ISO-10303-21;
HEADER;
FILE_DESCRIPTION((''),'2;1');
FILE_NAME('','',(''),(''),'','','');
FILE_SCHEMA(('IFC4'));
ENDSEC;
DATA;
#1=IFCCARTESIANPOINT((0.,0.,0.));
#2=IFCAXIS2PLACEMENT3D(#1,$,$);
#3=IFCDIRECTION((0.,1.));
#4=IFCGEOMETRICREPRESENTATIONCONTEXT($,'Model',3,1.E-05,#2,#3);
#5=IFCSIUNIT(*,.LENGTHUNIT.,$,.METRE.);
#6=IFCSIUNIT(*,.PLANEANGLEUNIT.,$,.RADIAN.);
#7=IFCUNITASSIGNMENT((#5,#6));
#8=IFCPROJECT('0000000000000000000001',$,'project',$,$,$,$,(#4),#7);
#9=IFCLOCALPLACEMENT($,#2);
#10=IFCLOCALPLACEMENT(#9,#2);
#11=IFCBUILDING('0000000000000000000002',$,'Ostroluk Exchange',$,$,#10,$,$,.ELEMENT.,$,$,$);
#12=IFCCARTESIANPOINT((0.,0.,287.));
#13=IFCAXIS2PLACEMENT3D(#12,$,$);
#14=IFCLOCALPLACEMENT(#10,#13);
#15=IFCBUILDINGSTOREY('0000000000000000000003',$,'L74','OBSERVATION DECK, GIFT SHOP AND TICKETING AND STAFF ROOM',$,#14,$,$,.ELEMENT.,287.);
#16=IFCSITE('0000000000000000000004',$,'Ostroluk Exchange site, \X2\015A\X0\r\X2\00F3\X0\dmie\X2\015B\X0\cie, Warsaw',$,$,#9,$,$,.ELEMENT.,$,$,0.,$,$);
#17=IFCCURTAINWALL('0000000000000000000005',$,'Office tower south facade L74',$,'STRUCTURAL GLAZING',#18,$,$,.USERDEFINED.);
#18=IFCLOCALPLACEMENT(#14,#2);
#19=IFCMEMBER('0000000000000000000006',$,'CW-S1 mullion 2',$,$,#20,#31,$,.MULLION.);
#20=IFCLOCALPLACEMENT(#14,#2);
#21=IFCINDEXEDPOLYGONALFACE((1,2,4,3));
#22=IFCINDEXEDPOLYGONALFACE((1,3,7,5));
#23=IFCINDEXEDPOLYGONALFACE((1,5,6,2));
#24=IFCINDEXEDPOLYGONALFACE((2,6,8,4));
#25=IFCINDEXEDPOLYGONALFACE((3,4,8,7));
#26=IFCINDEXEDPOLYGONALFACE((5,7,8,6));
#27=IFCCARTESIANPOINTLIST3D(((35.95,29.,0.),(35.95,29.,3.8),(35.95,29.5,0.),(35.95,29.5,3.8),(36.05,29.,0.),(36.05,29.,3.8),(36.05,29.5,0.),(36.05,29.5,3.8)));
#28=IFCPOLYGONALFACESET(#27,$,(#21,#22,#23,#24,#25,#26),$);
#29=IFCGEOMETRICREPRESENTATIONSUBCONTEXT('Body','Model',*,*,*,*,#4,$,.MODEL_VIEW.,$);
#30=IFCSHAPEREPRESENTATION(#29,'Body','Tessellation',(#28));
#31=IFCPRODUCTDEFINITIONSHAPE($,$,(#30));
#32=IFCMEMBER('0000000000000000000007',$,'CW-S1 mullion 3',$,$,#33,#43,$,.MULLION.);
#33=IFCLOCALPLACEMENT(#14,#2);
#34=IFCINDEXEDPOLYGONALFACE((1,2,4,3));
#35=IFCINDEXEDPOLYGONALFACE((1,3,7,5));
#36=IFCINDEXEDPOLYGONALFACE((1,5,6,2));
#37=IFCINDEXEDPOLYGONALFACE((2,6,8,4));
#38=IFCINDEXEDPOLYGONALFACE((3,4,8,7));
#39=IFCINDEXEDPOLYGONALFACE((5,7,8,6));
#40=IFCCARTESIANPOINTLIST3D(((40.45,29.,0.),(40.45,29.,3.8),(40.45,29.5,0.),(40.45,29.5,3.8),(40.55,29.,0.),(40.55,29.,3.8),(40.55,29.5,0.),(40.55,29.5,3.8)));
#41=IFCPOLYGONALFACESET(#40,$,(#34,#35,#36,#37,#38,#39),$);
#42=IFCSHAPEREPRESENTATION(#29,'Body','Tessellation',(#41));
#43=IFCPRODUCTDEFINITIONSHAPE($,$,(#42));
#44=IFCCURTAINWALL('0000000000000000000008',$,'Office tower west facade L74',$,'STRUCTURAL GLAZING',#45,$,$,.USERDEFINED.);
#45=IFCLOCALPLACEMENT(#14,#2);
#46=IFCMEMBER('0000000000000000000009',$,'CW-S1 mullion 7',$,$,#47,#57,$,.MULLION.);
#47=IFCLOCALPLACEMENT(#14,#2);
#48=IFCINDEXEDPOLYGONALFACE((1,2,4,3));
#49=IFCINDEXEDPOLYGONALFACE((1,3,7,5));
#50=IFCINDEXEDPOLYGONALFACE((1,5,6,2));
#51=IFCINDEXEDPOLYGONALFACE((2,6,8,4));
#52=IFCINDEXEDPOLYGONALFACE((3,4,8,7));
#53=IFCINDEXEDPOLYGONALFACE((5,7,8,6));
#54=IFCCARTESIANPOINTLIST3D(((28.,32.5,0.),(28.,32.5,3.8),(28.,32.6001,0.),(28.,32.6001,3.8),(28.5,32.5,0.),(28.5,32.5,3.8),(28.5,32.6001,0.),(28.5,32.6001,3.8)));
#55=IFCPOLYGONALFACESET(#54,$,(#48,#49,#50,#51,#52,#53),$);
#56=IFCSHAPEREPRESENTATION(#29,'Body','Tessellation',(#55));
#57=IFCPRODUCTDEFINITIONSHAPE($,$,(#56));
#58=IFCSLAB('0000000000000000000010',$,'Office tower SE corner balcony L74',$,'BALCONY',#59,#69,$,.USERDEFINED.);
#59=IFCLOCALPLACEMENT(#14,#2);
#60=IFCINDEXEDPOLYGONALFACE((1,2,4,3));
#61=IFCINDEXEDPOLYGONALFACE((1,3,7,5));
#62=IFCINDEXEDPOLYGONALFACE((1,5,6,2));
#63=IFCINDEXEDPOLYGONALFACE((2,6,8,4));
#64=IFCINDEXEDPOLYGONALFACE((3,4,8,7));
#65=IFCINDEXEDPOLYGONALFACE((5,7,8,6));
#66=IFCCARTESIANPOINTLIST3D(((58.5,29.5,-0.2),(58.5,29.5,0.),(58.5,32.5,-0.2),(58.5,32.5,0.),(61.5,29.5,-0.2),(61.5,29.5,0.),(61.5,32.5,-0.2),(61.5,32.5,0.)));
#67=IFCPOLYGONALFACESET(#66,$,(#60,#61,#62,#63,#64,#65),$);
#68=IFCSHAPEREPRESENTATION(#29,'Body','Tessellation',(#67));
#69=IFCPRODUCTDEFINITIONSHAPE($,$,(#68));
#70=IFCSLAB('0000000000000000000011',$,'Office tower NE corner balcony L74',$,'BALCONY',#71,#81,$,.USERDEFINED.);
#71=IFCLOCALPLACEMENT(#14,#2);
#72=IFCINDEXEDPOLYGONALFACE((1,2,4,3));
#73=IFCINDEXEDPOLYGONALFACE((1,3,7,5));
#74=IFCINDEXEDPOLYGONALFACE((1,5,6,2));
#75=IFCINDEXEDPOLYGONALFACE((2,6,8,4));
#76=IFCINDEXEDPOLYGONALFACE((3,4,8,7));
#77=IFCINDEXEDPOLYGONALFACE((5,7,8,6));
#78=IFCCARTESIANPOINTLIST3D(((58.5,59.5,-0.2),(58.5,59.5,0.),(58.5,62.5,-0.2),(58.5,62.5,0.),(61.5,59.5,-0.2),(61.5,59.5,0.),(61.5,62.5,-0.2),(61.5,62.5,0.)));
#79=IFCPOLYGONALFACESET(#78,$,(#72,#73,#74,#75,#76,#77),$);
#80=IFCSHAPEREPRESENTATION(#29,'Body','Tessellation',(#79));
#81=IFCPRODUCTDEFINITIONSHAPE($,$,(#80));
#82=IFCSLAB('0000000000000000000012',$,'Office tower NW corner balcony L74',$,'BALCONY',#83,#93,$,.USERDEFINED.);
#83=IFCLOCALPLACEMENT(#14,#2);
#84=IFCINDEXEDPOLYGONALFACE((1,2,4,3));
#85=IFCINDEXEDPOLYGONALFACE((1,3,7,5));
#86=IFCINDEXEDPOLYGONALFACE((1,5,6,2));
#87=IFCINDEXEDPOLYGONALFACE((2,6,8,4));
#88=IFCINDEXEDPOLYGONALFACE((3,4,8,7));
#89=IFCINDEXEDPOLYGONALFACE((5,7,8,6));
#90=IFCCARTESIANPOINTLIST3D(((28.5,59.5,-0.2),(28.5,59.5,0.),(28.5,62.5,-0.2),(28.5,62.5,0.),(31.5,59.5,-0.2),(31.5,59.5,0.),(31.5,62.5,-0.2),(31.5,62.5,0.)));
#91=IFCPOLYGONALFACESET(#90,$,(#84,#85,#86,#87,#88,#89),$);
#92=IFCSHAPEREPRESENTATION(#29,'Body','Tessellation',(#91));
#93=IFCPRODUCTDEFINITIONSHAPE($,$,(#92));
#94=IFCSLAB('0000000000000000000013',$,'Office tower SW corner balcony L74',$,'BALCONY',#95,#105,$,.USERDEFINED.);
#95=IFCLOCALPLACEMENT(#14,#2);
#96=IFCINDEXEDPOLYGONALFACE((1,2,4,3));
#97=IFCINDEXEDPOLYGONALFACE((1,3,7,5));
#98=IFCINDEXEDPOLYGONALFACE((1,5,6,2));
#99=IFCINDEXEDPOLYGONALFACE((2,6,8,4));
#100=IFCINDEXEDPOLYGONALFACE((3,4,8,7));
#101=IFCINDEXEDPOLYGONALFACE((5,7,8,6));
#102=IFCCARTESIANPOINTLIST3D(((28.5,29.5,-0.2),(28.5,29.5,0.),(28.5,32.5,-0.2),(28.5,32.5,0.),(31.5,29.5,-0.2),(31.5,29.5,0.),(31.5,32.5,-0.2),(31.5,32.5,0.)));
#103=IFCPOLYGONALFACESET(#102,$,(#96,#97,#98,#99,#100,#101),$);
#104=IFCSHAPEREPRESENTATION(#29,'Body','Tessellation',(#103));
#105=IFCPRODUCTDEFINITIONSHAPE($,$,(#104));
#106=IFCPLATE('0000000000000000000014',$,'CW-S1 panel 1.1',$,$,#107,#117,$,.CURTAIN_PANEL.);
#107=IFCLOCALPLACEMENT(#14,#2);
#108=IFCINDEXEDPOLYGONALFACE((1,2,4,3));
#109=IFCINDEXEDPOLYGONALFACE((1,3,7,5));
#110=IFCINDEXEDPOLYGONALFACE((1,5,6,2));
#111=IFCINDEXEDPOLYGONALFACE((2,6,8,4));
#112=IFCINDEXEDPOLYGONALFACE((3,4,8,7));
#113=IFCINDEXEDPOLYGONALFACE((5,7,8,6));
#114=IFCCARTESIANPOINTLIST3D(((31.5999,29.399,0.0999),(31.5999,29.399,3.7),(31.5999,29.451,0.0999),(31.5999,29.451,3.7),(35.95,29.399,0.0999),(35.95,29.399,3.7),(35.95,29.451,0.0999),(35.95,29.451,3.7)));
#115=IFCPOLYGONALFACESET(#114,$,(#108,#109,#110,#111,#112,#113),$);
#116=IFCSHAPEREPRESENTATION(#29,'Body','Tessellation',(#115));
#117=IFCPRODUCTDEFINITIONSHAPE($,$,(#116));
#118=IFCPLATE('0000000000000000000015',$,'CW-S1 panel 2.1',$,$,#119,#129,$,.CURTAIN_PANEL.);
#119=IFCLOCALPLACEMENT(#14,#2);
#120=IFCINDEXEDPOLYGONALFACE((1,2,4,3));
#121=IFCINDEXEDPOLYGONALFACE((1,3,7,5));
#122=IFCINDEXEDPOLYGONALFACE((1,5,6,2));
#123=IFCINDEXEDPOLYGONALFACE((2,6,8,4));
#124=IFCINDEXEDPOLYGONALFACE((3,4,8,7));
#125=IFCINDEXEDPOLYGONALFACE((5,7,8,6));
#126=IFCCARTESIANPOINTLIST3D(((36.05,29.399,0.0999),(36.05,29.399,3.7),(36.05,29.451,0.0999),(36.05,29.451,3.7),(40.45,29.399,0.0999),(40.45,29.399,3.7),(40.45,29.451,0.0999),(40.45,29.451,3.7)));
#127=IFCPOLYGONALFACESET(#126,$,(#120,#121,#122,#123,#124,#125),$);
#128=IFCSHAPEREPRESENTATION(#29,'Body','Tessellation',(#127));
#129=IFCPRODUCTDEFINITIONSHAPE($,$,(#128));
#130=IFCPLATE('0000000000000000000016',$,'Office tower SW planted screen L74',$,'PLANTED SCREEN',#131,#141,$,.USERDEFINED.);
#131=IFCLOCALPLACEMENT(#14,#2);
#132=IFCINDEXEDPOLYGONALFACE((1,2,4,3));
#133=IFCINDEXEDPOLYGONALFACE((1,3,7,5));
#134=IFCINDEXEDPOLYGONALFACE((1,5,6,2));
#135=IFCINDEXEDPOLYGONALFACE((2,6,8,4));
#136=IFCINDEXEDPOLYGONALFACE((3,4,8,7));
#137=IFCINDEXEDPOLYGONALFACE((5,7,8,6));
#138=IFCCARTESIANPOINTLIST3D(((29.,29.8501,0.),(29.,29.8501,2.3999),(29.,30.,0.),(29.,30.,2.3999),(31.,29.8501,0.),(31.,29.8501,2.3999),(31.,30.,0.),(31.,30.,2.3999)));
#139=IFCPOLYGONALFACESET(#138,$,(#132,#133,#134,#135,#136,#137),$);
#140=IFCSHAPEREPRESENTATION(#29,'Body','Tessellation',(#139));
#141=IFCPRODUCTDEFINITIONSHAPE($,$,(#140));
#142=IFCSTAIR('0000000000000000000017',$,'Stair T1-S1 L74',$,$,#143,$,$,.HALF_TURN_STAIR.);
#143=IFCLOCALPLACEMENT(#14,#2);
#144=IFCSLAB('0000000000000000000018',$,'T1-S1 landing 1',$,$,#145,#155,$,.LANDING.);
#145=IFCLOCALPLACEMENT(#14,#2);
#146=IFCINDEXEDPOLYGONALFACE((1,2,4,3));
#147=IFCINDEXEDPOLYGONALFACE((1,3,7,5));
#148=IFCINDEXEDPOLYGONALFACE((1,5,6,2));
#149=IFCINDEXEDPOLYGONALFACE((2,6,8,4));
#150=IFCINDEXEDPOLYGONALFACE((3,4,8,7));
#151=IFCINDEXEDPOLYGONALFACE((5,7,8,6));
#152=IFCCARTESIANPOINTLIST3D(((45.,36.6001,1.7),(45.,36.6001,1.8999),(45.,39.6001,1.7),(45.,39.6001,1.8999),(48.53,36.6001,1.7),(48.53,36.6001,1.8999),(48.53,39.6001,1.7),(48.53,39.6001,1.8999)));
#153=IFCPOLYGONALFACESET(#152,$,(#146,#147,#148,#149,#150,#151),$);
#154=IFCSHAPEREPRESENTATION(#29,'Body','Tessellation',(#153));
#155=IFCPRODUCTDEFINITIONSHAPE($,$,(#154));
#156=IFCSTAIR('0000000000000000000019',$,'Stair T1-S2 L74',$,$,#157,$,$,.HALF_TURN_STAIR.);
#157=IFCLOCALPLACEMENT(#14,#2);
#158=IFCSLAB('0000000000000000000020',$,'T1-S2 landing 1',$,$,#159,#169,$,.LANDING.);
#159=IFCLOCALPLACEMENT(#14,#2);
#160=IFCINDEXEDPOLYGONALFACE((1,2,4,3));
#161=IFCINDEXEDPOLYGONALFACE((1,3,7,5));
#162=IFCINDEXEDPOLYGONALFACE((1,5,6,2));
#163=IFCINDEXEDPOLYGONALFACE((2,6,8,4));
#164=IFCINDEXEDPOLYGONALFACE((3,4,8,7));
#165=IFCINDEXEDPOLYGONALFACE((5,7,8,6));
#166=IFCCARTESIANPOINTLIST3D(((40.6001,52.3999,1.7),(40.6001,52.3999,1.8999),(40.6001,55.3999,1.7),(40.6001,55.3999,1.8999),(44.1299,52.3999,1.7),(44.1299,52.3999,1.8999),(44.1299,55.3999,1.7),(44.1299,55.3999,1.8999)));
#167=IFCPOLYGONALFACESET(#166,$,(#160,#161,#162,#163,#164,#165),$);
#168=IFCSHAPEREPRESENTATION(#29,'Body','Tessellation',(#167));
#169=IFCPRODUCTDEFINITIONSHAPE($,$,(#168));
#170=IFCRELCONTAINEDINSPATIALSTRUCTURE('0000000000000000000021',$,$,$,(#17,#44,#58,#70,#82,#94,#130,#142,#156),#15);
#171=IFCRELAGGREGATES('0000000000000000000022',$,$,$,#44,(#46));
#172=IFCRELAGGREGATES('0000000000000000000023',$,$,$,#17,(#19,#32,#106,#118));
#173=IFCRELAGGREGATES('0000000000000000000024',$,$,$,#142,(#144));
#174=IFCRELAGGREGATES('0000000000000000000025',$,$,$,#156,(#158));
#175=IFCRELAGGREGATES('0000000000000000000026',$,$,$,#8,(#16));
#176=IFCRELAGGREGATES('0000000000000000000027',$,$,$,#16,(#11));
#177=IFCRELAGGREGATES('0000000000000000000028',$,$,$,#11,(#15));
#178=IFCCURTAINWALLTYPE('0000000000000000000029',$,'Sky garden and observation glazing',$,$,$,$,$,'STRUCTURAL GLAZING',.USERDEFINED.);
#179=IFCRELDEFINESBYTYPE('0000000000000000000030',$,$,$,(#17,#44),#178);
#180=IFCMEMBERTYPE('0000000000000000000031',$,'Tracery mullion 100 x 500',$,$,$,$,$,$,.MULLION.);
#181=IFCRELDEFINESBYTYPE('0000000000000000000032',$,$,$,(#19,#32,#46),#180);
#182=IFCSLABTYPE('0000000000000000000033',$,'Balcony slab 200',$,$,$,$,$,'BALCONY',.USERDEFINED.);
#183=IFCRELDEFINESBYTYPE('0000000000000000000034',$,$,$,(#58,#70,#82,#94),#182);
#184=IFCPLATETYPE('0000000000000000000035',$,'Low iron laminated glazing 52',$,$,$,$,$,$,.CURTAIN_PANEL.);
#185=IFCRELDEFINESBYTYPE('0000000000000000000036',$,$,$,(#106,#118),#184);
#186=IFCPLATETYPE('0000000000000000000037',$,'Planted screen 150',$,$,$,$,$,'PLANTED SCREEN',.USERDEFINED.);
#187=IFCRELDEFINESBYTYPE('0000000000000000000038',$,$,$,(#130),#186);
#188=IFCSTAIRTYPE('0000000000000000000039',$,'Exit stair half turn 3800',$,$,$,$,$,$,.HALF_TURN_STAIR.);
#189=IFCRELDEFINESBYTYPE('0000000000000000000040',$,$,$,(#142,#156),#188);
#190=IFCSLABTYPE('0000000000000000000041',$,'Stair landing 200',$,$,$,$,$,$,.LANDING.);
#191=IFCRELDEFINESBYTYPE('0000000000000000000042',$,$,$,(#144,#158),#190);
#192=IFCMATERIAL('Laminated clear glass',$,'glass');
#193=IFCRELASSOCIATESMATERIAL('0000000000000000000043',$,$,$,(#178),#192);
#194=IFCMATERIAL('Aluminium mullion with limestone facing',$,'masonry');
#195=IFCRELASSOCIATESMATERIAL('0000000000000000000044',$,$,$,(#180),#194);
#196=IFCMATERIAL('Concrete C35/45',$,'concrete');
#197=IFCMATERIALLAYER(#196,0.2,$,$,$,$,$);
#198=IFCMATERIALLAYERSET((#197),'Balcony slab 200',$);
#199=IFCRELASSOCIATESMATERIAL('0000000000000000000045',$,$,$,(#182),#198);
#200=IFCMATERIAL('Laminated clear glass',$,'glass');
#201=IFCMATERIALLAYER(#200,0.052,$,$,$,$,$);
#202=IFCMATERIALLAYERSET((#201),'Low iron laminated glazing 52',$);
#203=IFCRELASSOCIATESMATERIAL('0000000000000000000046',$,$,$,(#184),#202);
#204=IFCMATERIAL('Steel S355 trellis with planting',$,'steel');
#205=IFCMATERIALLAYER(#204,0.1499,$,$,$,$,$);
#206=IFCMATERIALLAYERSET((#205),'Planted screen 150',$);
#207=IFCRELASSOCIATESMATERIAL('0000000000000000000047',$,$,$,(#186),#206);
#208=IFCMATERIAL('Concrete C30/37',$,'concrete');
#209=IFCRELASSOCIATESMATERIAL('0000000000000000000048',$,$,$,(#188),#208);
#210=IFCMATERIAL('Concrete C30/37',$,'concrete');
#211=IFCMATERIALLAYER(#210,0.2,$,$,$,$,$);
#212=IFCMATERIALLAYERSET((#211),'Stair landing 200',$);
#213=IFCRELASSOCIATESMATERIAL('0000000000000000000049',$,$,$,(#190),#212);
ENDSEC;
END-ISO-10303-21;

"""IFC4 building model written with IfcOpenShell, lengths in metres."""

from ifc_helpers import new_model, si_unit, direction, frame, origin, origin_2d, place, context, subcontext, project, spatial, polyline, rectangle, outline, extrude, material, layer, layer_set, material_profile, profile_set, type_object, element, aggregate, save


model = new_model("IFC4")

# Units and contexts
model_context = context("Model", 3, precision=1e-05, world=origin(), true_north=direction((0.0, 1.0)))
body_context = subcontext(model_context, "Body", "Model", "MODEL_VIEW")
ifc_project = project(units=[si_unit("LENGTHUNIT", "METRE"), si_unit("PLANEANGLEUNIT", "RADIAN")], contexts=[model_context])

# Site, building, storey
site_placement = place(None, origin())
site = spatial("IfcSite", under=ifc_project, at=site_placement, Name="Ostroluk Exchange site, Śródmieście, Warsaw", CompositionType="ELEMENT", RefElevation=0.0)
building_placement = place(site_placement, origin())
building = spatial("IfcBuilding", under=site, at=building_placement, Name="Ostroluk Exchange", CompositionType="ELEMENT")
storey_placement = place(building_placement, frame((0.0, 0.0, 287.0)))
storey = spatial("IfcBuildingStorey", under=building, at=storey_placement, Name="L74", Description="OBSERVATION DECK, GIFT SHOP AND TICKETING AND STAFF ROOM", CompositionType="ELEMENT", Elevation=287.0)

# Curtain wall, members
ifc_material_1 = material(Name="Laminated clear glass", Category="glass")
curtain_wall_type = type_object("IfcCurtainWallType", Name="Sky garden and observation glazing", ElementType="STRUCTURAL GLAZING", PredefinedType="USERDEFINED", material=ifc_material_1)
curtain_wall_1_placement = place(storey_placement, origin())
curtain_wall_1 = element("IfcCurtainWall", 1, at=curtain_wall_1_placement, inside=storey, type_object=curtain_wall_type, Name="Office tower south facade L74", ObjectType="STRUCTURAL GLAZING", PredefinedType="USERDEFINED")
ifc_material_2 = material(Name="Aluminium mullion with limestone facing", Category="masonry")
ifc_material_profile_1 = material_profile(ifc_material_2, rectangle(XDim=0.5, YDim=0.1001, at=origin_2d()), Name="Tracery mullion 100 x 500")
ifc_profile_set_1 = profile_set([ifc_material_profile_1], Name="Aluminium mullion with limestone facing")
member_type_1 = type_object("IfcMemberType", Name="Tracery mullion 100 x 500", PredefinedType="MULLION", material=ifc_profile_set_1)
member_1_placement = place(storey_placement, frame((36.0, 29.25, 0.0), z_axis=(0.0, 0.0, 1.0), x_axis=(0.0, 1.0, 0.0)))
member_1 = element("IfcMember", 2, at=member_1_placement, type_object=member_type_1, Name="CW-S1 mullion 2", PredefinedType="MULLION", context=body_context, shape_type="SweptSolid", body=[
    extrude(rectangle(XDim=0.5, YDim=0.1001, at=origin_2d()), origin(), (0.0, 0.0, 1.0), 3.8),
])
member_2_placement = place(storey_placement, frame((40.5, 29.25, 0.0), z_axis=(0.0, 0.0, 1.0), x_axis=(0.0, 1.0, 0.0)))
member_2 = element("IfcMember", 3, at=member_2_placement, type_object=member_type_1, Name="CW-S1 mullion 3", PredefinedType="MULLION", context=body_context, shape_type="SweptSolid", body=[
    extrude(rectangle(XDim=0.5, YDim=0.1001, at=origin_2d()), origin(), (0.0, 0.0, 1.0), 3.8),
])

# Curtain wall, member
curtain_wall_2_placement = place(storey_placement, origin())
curtain_wall_2 = element("IfcCurtainWall", 4, at=curtain_wall_2_placement, inside=storey, type_object=curtain_wall_type, Name="Office tower west facade L74", ObjectType="STRUCTURAL GLAZING", PredefinedType="USERDEFINED")
member_3_placement = place(storey_placement, frame((28.25, 32.55, 0.0), z_axis=(0.0, 0.0, 1.0), x_axis=(1.0, 0.0, 0.0)))
member_3 = element("IfcMember", 5, at=member_3_placement, type_object=member_type_1, Name="CW-S1 mullion 7", PredefinedType="MULLION", context=body_context, shape_type="SweptSolid", body=[
    extrude(rectangle(XDim=0.5, YDim=0.1001, at=origin_2d()), origin(), (0.0, 0.0, 1.0), 3.8),
])
aggregate(curtain_wall_2, [member_3])

# Slabs
ifc_material_3 = material(Name="Concrete C35/45", Category="concrete")
ifc_layer_1 = layer(ifc_material_3, 0.2)
ifc_layer_set_1 = layer_set([ifc_layer_1], Name="Balcony slab 200")
slab_type_1 = type_object("IfcSlabType", Name="Balcony slab 200", ElementType="BALCONY", PredefinedType="USERDEFINED", material=ifc_layer_set_1)
slab_1_placement = place(storey_placement, frame((0.0, 0.0, -0.2)))
element("IfcSlab", 6, at=slab_1_placement, inside=storey, type_object=slab_type_1, Name="Office tower SE corner balcony L74", ObjectType="BALCONY", PredefinedType="USERDEFINED", context=body_context, shape_type="SweptSolid", body=[
    extrude(outline(polyline([(58.5, 29.5), (61.5, 29.5), (61.5, 32.5), (58.5, 32.5), (58.5, 29.5)])), origin(), (0.0, 0.0, 1.0), 0.2),
])
slab_2_placement = place(storey_placement, frame((0.0, 0.0, -0.2)))
element("IfcSlab", 7, at=slab_2_placement, inside=storey, type_object=slab_type_1, Name="Office tower NE corner balcony L74", ObjectType="BALCONY", PredefinedType="USERDEFINED", context=body_context, shape_type="SweptSolid", body=[
    extrude(outline(polyline([(58.5, 59.5), (61.5, 59.5), (61.5, 62.5), (58.5, 62.5), (58.5, 59.5)])), origin(), (0.0, 0.0, 1.0), 0.2),
])
slab_3_placement = place(storey_placement, frame((0.0, 0.0, -0.2)))
element("IfcSlab", 8, at=slab_3_placement, inside=storey, type_object=slab_type_1, Name="Office tower NW corner balcony L74", ObjectType="BALCONY", PredefinedType="USERDEFINED", context=body_context, shape_type="SweptSolid", body=[
    extrude(outline(polyline([(28.5, 59.5), (31.5, 59.5), (31.5, 62.5), (28.5, 62.5), (28.5, 59.5)])), origin(), (0.0, 0.0, 1.0), 0.2),
])
slab_4_placement = place(storey_placement, frame((0.0, 0.0, -0.2)))
element("IfcSlab", 9, at=slab_4_placement, inside=storey, type_object=slab_type_1, Name="Office tower SW corner balcony L74", ObjectType="BALCONY", PredefinedType="USERDEFINED", context=body_context, shape_type="SweptSolid", body=[
    extrude(outline(polyline([(28.5, 29.5), (31.5, 29.5), (31.5, 32.5), (28.5, 32.5), (28.5, 29.5)])), origin(), (0.0, 0.0, 1.0), 0.2),
])

# Plates
ifc_material_4 = material(Name="Laminated clear glass", Category="glass")
ifc_layer_2 = layer(ifc_material_4, 0.052)
ifc_layer_set_2 = layer_set([ifc_layer_2], Name="Low iron laminated glazing 52")
plate_type_1 = type_object("IfcPlateType", Name="Low iron laminated glazing 52", PredefinedType="CURTAIN_PANEL", material=ifc_layer_set_2)
plate_1_placement = place(storey_placement, frame((33.7749, 29.425, 0.0999), z_axis=(0.0, 0.0, 1.0), x_axis=(1.0, 0.0, 0.0)))
plate_1 = element("IfcPlate", 10, at=plate_1_placement, type_object=plate_type_1, Name="CW-S1 panel 1.1", PredefinedType="CURTAIN_PANEL", context=body_context, shape_type="SweptSolid", body=[
    extrude(rectangle(XDim=4.3501, YDim=0.052, at=origin_2d()), origin(), (0.0, 0.0, 1.0), 3.6001),
])
plate_2_placement = place(storey_placement, frame((38.25, 29.425, 0.0999), z_axis=(0.0, 0.0, 1.0), x_axis=(1.0, 0.0, 0.0)))
plate_2 = element("IfcPlate", 11, at=plate_2_placement, type_object=plate_type_1, Name="CW-S1 panel 2.1", PredefinedType="CURTAIN_PANEL", context=body_context, shape_type="SweptSolid", body=[
    extrude(rectangle(XDim=4.3999, YDim=0.052, at=origin_2d()), origin(), (0.0, 0.0, 1.0), 3.6001),
])
aggregate(curtain_wall_1, [member_1, member_2, plate_1, plate_2])
ifc_material_5 = material(Name="Steel S355 trellis with planting", Category="steel")
ifc_layer_3 = layer(ifc_material_5, 0.1499)
ifc_layer_set_3 = layer_set([ifc_layer_3], Name="Planted screen 150")
plate_type_2 = type_object("IfcPlateType", Name="Planted screen 150", ElementType="PLANTED SCREEN", PredefinedType="USERDEFINED", material=ifc_layer_set_3)
plate_3_placement = place(storey_placement, frame((30.0, 29.925, 0.0), z_axis=(0.0, 0.0, 1.0), x_axis=(1.0, 0.0, 0.0)))
element("IfcPlate", 12, at=plate_3_placement, inside=storey, type_object=plate_type_2, Name="Office tower SW planted screen L74", ObjectType="PLANTED SCREEN", PredefinedType="USERDEFINED", context=body_context, shape_type="SweptSolid", body=[
    extrude(rectangle(XDim=2.0, YDim=0.1499, at=origin_2d()), origin(), (0.0, 0.0, 1.0), 2.3999),
])

# Stairs, slabs
ifc_material_6 = material(Name="Concrete C30/37", Category="concrete")
stair_type = type_object("IfcStairType", Name="Exit stair half turn 3800", PredefinedType="HALF_TURN_STAIR", material=ifc_material_6)
stair_1_placement = place(storey_placement, origin())
stair_1 = element("IfcStair", 13, at=stair_1_placement, inside=storey, type_object=stair_type, Name="Stair T1-S1 L74", PredefinedType="HALF_TURN_STAIR")
ifc_material_7 = material(Name="Concrete C30/37", Category="concrete")
ifc_layer_4 = layer(ifc_material_7, 0.2)
ifc_layer_set_4 = layer_set([ifc_layer_4], Name="Stair landing 200")
slab_type_2 = type_object("IfcSlabType", Name="Stair landing 200", PredefinedType="LANDING", material=ifc_layer_set_4)
slab_5_placement = place(storey_placement, frame((0.0, 0.0, 1.7)))
slab_5 = element("IfcSlab", 14, at=slab_5_placement, type_object=slab_type_2, Name="T1-S1 landing 1", PredefinedType="LANDING", context=body_context, shape_type="SweptSolid", body=[
    extrude(outline(polyline([(45.0, 36.6001), (45.0, 39.6001), (48.53, 39.6001), (48.53, 36.6001), (45.0, 36.6001)])), origin(), (0.0, 0.0, 1.0), 0.2),
])
aggregate(stair_1, [slab_5])
stair_2_placement = place(storey_placement, origin())
stair_2 = element("IfcStair", 15, at=stair_2_placement, inside=storey, type_object=stair_type, Name="Stair T1-S2 L74", PredefinedType="HALF_TURN_STAIR")
slab_6_placement = place(storey_placement, frame((0.0, 0.0, 1.7)))
slab_6 = element("IfcSlab", 16, at=slab_6_placement, type_object=slab_type_2, Name="T1-S2 landing 1", PredefinedType="LANDING", context=body_context, shape_type="SweptSolid", body=[
    extrude(outline(polyline([(44.1299, 52.3999), (44.1299, 55.3999), (40.6001, 55.3999), (40.6001, 52.3999), (44.1299, 52.3999)])), origin(), (0.0, 0.0, 1.0), 0.2),
])
aggregate(stair_2, [slab_6])

save(model, "model.ifc")
